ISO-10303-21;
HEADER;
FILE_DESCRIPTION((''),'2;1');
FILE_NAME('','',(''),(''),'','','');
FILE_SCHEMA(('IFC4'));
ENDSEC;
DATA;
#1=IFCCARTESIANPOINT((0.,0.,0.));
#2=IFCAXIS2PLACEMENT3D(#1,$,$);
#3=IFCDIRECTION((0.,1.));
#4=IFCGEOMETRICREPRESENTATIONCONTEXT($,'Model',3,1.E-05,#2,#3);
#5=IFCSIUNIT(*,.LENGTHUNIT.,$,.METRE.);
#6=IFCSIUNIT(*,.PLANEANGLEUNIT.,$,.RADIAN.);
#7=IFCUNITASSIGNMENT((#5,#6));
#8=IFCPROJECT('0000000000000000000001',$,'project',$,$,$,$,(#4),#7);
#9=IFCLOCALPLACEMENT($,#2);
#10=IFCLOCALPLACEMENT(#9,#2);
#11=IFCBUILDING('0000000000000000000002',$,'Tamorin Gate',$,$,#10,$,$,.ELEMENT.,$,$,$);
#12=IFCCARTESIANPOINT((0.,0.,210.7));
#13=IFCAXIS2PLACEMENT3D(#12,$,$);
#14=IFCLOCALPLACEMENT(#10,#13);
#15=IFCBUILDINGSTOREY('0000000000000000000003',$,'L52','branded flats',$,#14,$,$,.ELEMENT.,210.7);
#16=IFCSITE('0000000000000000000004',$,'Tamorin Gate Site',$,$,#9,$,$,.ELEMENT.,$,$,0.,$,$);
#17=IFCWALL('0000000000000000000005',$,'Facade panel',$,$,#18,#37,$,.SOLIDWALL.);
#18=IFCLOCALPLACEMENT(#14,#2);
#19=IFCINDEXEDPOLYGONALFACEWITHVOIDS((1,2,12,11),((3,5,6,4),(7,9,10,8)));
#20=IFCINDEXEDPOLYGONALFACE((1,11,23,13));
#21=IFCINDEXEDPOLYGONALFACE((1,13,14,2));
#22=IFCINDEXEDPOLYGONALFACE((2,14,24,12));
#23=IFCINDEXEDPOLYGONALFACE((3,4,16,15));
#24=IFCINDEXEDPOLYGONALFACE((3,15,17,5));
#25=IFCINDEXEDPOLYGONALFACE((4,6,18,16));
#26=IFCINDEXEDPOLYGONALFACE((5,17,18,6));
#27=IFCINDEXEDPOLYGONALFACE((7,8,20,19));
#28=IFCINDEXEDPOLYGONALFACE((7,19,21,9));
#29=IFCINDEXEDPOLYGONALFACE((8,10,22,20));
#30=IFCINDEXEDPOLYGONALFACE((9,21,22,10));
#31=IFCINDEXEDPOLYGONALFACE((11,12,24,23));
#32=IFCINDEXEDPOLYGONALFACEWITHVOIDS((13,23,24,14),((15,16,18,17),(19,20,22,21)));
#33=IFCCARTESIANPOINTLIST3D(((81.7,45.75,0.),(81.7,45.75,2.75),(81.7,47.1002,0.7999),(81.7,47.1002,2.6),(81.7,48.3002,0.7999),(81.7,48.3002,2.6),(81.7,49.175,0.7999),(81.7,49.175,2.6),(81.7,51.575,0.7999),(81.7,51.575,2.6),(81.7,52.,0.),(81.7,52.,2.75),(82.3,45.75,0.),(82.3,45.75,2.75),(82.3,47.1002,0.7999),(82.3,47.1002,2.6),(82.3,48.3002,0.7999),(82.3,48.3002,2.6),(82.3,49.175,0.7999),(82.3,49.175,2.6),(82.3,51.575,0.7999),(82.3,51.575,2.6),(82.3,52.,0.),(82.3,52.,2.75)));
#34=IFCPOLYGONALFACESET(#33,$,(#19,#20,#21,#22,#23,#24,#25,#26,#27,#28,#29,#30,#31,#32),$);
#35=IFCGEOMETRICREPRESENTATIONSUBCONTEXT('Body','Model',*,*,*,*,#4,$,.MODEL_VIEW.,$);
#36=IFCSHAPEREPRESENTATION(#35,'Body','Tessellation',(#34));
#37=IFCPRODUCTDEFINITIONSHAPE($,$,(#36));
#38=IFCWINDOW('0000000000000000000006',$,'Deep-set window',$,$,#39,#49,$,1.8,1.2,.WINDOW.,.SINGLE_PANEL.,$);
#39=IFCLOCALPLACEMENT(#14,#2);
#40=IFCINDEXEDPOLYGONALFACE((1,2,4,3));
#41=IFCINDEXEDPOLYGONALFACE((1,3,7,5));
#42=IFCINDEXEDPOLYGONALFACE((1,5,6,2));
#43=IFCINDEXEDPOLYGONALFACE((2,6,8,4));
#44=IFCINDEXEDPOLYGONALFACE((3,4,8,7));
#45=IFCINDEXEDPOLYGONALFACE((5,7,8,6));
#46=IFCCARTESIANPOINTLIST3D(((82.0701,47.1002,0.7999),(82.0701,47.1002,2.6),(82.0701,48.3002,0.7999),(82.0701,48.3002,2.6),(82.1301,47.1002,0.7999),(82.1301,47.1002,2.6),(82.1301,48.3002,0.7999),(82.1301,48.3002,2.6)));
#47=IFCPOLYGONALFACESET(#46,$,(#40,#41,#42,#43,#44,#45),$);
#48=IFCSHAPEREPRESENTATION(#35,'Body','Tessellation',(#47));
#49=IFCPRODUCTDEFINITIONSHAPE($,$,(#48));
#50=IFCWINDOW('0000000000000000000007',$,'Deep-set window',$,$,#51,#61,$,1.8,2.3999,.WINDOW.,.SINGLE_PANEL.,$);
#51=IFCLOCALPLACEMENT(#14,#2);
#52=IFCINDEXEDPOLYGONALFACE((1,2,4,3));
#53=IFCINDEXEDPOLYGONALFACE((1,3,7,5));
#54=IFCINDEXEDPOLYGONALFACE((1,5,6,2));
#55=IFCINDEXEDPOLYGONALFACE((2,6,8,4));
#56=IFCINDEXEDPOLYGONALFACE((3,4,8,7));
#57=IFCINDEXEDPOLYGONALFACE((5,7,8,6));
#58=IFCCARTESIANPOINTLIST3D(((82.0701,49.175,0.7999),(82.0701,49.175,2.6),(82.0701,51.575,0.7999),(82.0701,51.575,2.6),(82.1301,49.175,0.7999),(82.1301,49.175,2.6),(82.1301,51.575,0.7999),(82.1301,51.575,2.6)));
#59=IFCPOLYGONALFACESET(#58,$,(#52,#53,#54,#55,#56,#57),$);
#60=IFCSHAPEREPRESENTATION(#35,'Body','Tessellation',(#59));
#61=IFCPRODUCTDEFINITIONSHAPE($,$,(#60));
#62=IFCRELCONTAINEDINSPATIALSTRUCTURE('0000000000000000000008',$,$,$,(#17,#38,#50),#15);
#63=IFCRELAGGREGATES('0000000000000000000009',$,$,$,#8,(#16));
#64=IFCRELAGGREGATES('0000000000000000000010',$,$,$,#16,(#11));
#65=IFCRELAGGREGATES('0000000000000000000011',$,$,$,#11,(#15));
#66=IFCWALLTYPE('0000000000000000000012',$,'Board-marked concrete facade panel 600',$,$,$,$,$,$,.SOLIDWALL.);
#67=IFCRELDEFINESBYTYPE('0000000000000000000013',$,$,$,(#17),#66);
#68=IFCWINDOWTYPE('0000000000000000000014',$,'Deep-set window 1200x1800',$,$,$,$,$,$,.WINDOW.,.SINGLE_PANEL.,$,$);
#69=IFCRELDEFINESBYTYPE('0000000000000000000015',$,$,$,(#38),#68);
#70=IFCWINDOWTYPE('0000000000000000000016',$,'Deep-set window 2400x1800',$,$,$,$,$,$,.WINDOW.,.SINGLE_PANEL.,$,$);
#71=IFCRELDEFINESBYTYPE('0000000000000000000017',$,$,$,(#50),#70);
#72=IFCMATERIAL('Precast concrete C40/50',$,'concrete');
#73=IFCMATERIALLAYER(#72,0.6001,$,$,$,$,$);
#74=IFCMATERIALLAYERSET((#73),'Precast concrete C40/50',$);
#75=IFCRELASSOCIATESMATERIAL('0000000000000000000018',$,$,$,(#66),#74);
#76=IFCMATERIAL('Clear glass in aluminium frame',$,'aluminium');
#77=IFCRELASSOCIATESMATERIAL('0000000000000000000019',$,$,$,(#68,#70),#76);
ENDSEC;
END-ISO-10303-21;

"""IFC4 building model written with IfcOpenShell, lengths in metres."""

from ifc_helpers import new_model, si_unit, direction, frame, frame_2d, origin, place, context, subcontext, project, spatial, rectangle, extrude, material, layer, layer_set, type_object, element, fill, save


model = new_model("IFC4")

# Units and contexts
model_context = context("Model", 3, precision=1e-05, world=origin(), true_north=direction((0.0, 1.0)))
body_context = subcontext(model_context, "Body", "Model", "MODEL_VIEW")
ifc_project = project(units=[si_unit("LENGTHUNIT", "METRE"), si_unit("PLANEANGLEUNIT", "RADIAN")], contexts=[model_context])

# Site, building, storey
site_placement = place(None, origin())
site = spatial("IfcSite", under=ifc_project, at=site_placement, Name="Tamorin Gate Site", CompositionType="ELEMENT", RefElevation=0.0)
building_placement = place(site_placement, origin())
building = spatial("IfcBuilding", under=site, at=building_placement, Name="Tamorin Gate", CompositionType="ELEMENT")
storey_placement = place(building_placement, frame((0.0, 0.0, 210.7)))
storey = spatial("IfcBuildingStorey", under=building, at=storey_placement, Name="L52", Description="branded flats", CompositionType="ELEMENT", Elevation=210.7)

# Shared definitions
ifc_material_1 = material(Name="Precast concrete C40/50", Category="concrete")
ifc_layer = layer(ifc_material_1, 0.6001)
ifc_layer_set = layer_set([ifc_layer], Name="Precast concrete C40/50")
wall_type = type_object("IfcWallType", Name="Board-marked concrete facade panel 600", PredefinedType="SOLIDWALL", material=ifc_layer_set)
ifc_material_2 = material(Name="Clear glass in aluminium frame", Category="aluminium")
window_type_1 = type_object("IfcWindowType", Name="Deep-set window 1200x1800", PartitioningType="SINGLE_PANEL", PredefinedType="WINDOW", material=ifc_material_2)
window_type_2 = type_object("IfcWindowType", Name="Deep-set window 2400x1800", PartitioningType="SINGLE_PANEL", PredefinedType="WINDOW", material=ifc_material_2)

# Wall, openings, windows
wall_1_placement = place(storey_placement, frame((82.0, 45.75, 0.0), z_axis=(0.0, 0.0, 1.0), x_axis=(0.0, 1.0, 0.0)))
wall_1 = element("IfcWall", 1, at=wall_1_placement, inside=storey, type_object=wall_type, Name="Facade panel", PredefinedType="SOLIDWALL", context=body_context, shape_type="SweptSolid", body=[
    extrude(rectangle(XDim=6.25, YDim=0.6001, at=frame_2d((3.125, 0.0))), origin(), (0.0, 0.0, 1.0), 2.75),
])
opening_1_placement = place(wall_1_placement, frame((1.3501, 0.0, 0.8)))
opening_1 = element("IfcOpeningElement", 2, at=opening_1_placement, cuts=wall_1, PredefinedType="OPENING", context=body_context, shape_type="SweptSolid", body=[
    extrude(rectangle(XDim=1.2, YDim=1.8, at=frame_2d((0.6001, 0.8999))), frame((0.0, 0.3101, 0.0), z_axis=(0.0, -1.0, 0.0), x_axis=(1.0, 0.0, 0.0)), (0.0, 0.0, 1.0), 0.6201),
])
opening_2_placement = place(wall_1_placement, frame((3.425, 0.0, 0.8)))
opening_2 = element("IfcOpeningElement", 3, at=opening_2_placement, cuts=wall_1, PredefinedType="OPENING", context=body_context, shape_type="SweptSolid", body=[
    extrude(rectangle(XDim=2.3999, YDim=1.8, at=frame_2d((1.2, 0.8999))), frame((0.0, 0.3101, 0.0), z_axis=(0.0, -1.0, 0.0), x_axis=(1.0, 0.0, 0.0)), (0.0, 0.0, 1.0), 0.6201),
])
window_1_placement = place(opening_1_placement, origin())
window_1 = element("IfcWindow", 4, at=window_1_placement, inside=storey, type_object=window_type_1, Name="Deep-set window", OverallHeight=1.8, OverallWidth=1.2, PartitioningType="SINGLE_PANEL", PredefinedType="WINDOW", context=body_context, shape_type="SweptSolid", body=[
    extrude(rectangle(XDim=1.2, YDim=1.8, at=frame_2d((0.6001, 0.8999))), frame((0.0, -0.0701, 0.0), z_axis=(0.0, -1.0, 0.0), x_axis=(1.0, 0.0, 0.0)), (0.0, 0.0, 1.0), 0.0601),
])
fill(opening_1, window_1)
window_2_placement = place(opening_2_placement, origin())
window_2 = element("IfcWindow", 5, at=window_2_placement, inside=storey, type_object=window_type_2, Name="Deep-set window", OverallHeight=1.8, OverallWidth=2.3999, PartitioningType="SINGLE_PANEL", PredefinedType="WINDOW", context=body_context, shape_type="SweptSolid", body=[
    extrude(rectangle(XDim=2.3999, YDim=1.8, at=frame_2d((1.2, 0.8999))), frame((0.0, -0.0701, 0.0), z_axis=(0.0, -1.0, 0.0), x_axis=(1.0, 0.0, 0.0)), (0.0, 0.0, 1.0), 0.0601),
])
fill(opening_2, window_2)

save(model, "model.ifc")
